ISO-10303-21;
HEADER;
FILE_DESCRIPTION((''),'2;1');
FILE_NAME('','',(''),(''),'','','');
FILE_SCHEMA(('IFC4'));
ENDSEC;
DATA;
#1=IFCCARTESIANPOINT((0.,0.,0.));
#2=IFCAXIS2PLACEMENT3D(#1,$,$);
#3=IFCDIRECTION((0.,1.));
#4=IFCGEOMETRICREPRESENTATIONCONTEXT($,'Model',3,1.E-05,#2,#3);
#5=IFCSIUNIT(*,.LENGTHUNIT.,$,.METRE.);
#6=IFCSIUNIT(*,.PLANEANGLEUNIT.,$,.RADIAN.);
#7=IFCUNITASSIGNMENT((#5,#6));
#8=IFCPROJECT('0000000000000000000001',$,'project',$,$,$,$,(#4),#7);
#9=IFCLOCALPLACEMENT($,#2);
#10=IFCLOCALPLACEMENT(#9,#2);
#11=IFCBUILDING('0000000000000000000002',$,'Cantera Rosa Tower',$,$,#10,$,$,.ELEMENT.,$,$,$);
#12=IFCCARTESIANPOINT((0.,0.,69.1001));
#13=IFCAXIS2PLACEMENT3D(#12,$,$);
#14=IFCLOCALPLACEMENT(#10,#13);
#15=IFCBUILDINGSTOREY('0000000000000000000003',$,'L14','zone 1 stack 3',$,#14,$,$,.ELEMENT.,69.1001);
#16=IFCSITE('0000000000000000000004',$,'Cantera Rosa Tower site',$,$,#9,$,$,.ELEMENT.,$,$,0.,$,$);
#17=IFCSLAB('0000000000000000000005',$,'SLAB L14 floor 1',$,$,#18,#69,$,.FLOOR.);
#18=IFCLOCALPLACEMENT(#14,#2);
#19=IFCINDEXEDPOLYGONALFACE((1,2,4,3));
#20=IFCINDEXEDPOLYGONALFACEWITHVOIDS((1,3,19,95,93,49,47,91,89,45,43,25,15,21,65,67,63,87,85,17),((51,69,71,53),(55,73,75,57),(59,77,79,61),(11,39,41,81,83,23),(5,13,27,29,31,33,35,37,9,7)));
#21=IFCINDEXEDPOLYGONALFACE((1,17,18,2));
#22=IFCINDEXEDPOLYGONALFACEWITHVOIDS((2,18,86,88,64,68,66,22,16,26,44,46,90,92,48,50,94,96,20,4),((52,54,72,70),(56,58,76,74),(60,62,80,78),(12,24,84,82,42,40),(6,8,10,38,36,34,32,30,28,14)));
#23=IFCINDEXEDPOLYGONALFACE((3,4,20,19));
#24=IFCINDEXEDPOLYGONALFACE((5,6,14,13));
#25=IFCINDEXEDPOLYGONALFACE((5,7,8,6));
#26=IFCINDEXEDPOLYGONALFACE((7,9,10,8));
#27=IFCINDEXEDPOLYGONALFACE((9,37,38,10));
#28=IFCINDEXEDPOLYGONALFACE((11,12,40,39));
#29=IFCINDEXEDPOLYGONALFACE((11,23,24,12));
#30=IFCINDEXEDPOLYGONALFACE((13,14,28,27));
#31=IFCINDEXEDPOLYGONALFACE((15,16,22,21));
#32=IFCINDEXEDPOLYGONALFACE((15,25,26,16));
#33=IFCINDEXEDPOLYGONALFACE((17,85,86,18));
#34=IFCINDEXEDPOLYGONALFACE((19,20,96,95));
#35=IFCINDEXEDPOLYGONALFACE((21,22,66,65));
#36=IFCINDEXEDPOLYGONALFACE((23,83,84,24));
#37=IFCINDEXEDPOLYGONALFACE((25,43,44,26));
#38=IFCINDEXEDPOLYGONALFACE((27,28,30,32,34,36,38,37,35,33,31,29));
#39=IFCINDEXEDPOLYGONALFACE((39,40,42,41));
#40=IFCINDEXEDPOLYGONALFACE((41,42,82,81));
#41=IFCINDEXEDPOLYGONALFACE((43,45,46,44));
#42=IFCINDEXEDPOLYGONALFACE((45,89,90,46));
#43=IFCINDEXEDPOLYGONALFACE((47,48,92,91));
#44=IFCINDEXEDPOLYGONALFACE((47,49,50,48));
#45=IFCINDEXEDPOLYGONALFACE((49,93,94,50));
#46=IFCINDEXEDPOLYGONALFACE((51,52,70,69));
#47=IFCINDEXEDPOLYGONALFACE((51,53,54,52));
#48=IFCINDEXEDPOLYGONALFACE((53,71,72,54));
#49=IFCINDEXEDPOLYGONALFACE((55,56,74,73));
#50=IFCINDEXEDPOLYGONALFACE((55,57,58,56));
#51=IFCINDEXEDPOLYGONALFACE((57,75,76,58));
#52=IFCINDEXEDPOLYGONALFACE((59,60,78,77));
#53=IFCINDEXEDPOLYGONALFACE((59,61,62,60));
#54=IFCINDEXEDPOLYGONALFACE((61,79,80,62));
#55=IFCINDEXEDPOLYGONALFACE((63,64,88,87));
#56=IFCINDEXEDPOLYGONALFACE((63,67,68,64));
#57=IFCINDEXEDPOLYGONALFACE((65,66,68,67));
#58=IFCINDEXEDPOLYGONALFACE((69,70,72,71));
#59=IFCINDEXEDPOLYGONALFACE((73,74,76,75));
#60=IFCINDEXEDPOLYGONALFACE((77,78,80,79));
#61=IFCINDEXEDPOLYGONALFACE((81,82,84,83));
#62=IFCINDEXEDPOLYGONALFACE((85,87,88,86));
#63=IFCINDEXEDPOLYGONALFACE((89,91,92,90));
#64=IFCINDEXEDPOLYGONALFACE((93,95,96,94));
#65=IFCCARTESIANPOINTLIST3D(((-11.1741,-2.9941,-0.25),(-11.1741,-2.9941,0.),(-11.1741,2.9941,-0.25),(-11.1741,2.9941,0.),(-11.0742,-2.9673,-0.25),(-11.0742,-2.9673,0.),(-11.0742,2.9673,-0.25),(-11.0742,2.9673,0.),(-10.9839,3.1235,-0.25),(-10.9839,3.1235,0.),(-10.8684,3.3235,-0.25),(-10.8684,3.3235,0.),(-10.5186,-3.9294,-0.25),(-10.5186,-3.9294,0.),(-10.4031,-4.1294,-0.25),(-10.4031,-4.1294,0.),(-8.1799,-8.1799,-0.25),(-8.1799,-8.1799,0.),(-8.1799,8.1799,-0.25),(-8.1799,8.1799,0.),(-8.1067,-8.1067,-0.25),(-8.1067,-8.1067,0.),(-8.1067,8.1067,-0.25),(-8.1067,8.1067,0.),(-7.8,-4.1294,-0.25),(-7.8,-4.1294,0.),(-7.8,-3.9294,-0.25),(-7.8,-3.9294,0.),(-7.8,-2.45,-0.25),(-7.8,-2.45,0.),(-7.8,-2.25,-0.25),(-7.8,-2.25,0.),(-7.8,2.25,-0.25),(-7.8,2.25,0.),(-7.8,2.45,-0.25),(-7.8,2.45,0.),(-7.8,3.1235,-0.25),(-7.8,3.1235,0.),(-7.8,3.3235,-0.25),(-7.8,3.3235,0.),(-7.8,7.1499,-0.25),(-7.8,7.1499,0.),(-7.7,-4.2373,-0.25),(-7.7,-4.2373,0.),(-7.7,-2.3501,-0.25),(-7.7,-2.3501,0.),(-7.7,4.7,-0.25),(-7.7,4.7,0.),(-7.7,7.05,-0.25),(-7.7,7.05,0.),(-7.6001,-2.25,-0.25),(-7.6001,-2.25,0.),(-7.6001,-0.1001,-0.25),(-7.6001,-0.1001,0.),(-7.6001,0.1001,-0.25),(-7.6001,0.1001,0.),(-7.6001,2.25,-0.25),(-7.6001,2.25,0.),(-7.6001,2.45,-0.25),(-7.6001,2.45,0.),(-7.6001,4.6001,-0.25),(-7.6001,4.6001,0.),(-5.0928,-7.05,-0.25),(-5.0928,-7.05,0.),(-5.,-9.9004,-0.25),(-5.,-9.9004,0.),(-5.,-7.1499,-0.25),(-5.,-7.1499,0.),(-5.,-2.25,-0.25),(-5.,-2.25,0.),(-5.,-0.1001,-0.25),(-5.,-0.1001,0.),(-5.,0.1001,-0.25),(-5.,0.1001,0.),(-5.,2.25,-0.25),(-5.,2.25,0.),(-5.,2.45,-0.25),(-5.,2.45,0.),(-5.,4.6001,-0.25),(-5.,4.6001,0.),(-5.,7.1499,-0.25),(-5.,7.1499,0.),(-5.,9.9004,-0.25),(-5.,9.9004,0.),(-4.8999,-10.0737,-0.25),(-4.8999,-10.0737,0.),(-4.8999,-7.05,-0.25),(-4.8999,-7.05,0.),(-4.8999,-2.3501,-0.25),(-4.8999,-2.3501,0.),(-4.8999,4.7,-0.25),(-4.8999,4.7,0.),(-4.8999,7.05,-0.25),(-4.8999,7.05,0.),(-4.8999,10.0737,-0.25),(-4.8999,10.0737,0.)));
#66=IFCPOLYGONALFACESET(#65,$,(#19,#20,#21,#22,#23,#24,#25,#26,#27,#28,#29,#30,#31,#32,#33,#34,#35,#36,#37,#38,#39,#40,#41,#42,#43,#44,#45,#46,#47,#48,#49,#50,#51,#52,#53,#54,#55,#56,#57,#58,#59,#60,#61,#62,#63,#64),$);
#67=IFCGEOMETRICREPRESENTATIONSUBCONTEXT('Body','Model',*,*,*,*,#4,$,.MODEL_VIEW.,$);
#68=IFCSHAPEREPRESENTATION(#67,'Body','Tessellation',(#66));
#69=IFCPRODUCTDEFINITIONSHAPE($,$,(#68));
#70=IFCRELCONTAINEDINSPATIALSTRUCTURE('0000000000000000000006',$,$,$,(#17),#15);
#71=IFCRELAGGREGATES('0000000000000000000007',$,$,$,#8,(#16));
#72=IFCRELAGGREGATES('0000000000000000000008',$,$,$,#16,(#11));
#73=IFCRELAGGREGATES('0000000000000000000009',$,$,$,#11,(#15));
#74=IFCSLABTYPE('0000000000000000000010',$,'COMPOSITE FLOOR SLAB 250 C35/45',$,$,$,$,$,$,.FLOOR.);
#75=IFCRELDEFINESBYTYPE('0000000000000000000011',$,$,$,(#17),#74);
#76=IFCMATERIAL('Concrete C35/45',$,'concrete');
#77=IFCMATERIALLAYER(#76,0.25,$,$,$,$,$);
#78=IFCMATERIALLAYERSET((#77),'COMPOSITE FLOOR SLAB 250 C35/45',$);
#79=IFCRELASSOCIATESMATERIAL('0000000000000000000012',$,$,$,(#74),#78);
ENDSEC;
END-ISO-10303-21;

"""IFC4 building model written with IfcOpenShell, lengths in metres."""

from ifc_helpers import new_model, si_unit, direction, frame, origin, place, context, subcontext, project, spatial, polyline, outline, extrude, material, layer, layer_set, type_object, element, save


model = new_model("IFC4")

# Units and contexts
model_context = context("Model", 3, precision=1e-05, world=origin(), true_north=direction((0.0, 1.0)))
body_context = subcontext(model_context, "Body", "Model", "MODEL_VIEW")
ifc_project = project(units=[si_unit("LENGTHUNIT", "METRE"), si_unit("PLANEANGLEUNIT", "RADIAN")], contexts=[model_context])

# Site, building, storey
site_placement = place(None, origin())
site = spatial("IfcSite", under=ifc_project, at=site_placement, Name="Cantera Rosa Tower site", CompositionType="ELEMENT", RefElevation=0.0)
building_placement = place(site_placement, origin())
building = spatial("IfcBuilding", under=site, at=building_placement, Name="Cantera Rosa Tower", CompositionType="ELEMENT")
storey_placement = place(building_placement, frame((0.0, 0.0, 69.1001)))
storey = spatial("IfcBuildingStorey", under=building, at=storey_placement, Name="L14", Description="zone 1 stack 3", CompositionType="ELEMENT", Elevation=69.1001)

# Slab
ifc_material_1 = material(Name="Concrete C35/45", Category="concrete")
ifc_layer_1 = layer(ifc_material_1, 0.25)
ifc_layer_set_1 = layer_set([ifc_layer_1], Name="COMPOSITE FLOOR SLAB 250 C35/45")
slab_type_1 = type_object("IfcSlabType", Name="COMPOSITE FLOOR SLAB 250 C35/45", PredefinedType="FLOOR", material=ifc_layer_set_1)
slab_1_placement = place(storey_placement, frame((0.0, 0.0, -0.25)))
element("IfcSlab", 1, at=slab_1_placement, inside=storey, type_object=slab_type_1, Name="SLAB L14 floor 1", PredefinedType="FLOOR", context=body_context, shape_type="SweptSolid", body=[
    extrude(outline(polyline([(-10.4031, -4.1294), (-8.1067, -8.1067), (-5.0, -9.9004), (-5.0, -7.1499), (-5.0928, -7.05), (-4.8999, -7.05), (-4.8999, -10.0737), (-8.1799, -8.1799), (-11.1741, -2.9941), (-11.1741, 2.9941), (-8.1799, 8.1799), (-4.8999, 10.0737), (-4.8999, 7.05), (-7.7, 7.05), (-7.7, 4.7), (-4.8999, 4.7), (-4.8999, -2.3501), (-7.7, -2.3501), (-7.7, -4.2373), (-7.8, -4.1294), (-10.4031, -4.1294)]), holes=[polyline([(-7.6001, -0.1001), (-7.6001, -2.25), (-5.0, -2.25), (-5.0, -0.1001), (-7.6001, -0.1001)]), polyline([(-11.0742, 2.9673), (-11.0742, -2.9673), (-10.5186, -3.9294), (-7.8, -3.9294), (-7.8, -2.45), (-7.8, -2.25), (-7.8, 2.25), (-7.8, 2.45), (-7.8, 3.1235), (-10.9839, 3.1235), (-11.0742, 2.9673)]), polyline([(-7.6001, 2.25), (-7.6001, 0.1001), (-5.0, 0.1001), (-5.0, 2.25), (-7.6001, 2.25)]), polyline([(-7.6001, 2.45), (-5.0, 2.45), (-5.0, 4.6001), (-7.6001, 4.6001), (-7.6001, 2.45)]), polyline([(-8.1067, 8.1067), (-10.8684, 3.3235), (-7.8, 3.3235), (-7.8, 7.1499), (-5.0, 7.1499), (-5.0, 9.9004), (-8.1067, 8.1067)])]), origin(), (0.0, 0.0, 1.0), 0.25),
])

save(model, "model.ifc")
